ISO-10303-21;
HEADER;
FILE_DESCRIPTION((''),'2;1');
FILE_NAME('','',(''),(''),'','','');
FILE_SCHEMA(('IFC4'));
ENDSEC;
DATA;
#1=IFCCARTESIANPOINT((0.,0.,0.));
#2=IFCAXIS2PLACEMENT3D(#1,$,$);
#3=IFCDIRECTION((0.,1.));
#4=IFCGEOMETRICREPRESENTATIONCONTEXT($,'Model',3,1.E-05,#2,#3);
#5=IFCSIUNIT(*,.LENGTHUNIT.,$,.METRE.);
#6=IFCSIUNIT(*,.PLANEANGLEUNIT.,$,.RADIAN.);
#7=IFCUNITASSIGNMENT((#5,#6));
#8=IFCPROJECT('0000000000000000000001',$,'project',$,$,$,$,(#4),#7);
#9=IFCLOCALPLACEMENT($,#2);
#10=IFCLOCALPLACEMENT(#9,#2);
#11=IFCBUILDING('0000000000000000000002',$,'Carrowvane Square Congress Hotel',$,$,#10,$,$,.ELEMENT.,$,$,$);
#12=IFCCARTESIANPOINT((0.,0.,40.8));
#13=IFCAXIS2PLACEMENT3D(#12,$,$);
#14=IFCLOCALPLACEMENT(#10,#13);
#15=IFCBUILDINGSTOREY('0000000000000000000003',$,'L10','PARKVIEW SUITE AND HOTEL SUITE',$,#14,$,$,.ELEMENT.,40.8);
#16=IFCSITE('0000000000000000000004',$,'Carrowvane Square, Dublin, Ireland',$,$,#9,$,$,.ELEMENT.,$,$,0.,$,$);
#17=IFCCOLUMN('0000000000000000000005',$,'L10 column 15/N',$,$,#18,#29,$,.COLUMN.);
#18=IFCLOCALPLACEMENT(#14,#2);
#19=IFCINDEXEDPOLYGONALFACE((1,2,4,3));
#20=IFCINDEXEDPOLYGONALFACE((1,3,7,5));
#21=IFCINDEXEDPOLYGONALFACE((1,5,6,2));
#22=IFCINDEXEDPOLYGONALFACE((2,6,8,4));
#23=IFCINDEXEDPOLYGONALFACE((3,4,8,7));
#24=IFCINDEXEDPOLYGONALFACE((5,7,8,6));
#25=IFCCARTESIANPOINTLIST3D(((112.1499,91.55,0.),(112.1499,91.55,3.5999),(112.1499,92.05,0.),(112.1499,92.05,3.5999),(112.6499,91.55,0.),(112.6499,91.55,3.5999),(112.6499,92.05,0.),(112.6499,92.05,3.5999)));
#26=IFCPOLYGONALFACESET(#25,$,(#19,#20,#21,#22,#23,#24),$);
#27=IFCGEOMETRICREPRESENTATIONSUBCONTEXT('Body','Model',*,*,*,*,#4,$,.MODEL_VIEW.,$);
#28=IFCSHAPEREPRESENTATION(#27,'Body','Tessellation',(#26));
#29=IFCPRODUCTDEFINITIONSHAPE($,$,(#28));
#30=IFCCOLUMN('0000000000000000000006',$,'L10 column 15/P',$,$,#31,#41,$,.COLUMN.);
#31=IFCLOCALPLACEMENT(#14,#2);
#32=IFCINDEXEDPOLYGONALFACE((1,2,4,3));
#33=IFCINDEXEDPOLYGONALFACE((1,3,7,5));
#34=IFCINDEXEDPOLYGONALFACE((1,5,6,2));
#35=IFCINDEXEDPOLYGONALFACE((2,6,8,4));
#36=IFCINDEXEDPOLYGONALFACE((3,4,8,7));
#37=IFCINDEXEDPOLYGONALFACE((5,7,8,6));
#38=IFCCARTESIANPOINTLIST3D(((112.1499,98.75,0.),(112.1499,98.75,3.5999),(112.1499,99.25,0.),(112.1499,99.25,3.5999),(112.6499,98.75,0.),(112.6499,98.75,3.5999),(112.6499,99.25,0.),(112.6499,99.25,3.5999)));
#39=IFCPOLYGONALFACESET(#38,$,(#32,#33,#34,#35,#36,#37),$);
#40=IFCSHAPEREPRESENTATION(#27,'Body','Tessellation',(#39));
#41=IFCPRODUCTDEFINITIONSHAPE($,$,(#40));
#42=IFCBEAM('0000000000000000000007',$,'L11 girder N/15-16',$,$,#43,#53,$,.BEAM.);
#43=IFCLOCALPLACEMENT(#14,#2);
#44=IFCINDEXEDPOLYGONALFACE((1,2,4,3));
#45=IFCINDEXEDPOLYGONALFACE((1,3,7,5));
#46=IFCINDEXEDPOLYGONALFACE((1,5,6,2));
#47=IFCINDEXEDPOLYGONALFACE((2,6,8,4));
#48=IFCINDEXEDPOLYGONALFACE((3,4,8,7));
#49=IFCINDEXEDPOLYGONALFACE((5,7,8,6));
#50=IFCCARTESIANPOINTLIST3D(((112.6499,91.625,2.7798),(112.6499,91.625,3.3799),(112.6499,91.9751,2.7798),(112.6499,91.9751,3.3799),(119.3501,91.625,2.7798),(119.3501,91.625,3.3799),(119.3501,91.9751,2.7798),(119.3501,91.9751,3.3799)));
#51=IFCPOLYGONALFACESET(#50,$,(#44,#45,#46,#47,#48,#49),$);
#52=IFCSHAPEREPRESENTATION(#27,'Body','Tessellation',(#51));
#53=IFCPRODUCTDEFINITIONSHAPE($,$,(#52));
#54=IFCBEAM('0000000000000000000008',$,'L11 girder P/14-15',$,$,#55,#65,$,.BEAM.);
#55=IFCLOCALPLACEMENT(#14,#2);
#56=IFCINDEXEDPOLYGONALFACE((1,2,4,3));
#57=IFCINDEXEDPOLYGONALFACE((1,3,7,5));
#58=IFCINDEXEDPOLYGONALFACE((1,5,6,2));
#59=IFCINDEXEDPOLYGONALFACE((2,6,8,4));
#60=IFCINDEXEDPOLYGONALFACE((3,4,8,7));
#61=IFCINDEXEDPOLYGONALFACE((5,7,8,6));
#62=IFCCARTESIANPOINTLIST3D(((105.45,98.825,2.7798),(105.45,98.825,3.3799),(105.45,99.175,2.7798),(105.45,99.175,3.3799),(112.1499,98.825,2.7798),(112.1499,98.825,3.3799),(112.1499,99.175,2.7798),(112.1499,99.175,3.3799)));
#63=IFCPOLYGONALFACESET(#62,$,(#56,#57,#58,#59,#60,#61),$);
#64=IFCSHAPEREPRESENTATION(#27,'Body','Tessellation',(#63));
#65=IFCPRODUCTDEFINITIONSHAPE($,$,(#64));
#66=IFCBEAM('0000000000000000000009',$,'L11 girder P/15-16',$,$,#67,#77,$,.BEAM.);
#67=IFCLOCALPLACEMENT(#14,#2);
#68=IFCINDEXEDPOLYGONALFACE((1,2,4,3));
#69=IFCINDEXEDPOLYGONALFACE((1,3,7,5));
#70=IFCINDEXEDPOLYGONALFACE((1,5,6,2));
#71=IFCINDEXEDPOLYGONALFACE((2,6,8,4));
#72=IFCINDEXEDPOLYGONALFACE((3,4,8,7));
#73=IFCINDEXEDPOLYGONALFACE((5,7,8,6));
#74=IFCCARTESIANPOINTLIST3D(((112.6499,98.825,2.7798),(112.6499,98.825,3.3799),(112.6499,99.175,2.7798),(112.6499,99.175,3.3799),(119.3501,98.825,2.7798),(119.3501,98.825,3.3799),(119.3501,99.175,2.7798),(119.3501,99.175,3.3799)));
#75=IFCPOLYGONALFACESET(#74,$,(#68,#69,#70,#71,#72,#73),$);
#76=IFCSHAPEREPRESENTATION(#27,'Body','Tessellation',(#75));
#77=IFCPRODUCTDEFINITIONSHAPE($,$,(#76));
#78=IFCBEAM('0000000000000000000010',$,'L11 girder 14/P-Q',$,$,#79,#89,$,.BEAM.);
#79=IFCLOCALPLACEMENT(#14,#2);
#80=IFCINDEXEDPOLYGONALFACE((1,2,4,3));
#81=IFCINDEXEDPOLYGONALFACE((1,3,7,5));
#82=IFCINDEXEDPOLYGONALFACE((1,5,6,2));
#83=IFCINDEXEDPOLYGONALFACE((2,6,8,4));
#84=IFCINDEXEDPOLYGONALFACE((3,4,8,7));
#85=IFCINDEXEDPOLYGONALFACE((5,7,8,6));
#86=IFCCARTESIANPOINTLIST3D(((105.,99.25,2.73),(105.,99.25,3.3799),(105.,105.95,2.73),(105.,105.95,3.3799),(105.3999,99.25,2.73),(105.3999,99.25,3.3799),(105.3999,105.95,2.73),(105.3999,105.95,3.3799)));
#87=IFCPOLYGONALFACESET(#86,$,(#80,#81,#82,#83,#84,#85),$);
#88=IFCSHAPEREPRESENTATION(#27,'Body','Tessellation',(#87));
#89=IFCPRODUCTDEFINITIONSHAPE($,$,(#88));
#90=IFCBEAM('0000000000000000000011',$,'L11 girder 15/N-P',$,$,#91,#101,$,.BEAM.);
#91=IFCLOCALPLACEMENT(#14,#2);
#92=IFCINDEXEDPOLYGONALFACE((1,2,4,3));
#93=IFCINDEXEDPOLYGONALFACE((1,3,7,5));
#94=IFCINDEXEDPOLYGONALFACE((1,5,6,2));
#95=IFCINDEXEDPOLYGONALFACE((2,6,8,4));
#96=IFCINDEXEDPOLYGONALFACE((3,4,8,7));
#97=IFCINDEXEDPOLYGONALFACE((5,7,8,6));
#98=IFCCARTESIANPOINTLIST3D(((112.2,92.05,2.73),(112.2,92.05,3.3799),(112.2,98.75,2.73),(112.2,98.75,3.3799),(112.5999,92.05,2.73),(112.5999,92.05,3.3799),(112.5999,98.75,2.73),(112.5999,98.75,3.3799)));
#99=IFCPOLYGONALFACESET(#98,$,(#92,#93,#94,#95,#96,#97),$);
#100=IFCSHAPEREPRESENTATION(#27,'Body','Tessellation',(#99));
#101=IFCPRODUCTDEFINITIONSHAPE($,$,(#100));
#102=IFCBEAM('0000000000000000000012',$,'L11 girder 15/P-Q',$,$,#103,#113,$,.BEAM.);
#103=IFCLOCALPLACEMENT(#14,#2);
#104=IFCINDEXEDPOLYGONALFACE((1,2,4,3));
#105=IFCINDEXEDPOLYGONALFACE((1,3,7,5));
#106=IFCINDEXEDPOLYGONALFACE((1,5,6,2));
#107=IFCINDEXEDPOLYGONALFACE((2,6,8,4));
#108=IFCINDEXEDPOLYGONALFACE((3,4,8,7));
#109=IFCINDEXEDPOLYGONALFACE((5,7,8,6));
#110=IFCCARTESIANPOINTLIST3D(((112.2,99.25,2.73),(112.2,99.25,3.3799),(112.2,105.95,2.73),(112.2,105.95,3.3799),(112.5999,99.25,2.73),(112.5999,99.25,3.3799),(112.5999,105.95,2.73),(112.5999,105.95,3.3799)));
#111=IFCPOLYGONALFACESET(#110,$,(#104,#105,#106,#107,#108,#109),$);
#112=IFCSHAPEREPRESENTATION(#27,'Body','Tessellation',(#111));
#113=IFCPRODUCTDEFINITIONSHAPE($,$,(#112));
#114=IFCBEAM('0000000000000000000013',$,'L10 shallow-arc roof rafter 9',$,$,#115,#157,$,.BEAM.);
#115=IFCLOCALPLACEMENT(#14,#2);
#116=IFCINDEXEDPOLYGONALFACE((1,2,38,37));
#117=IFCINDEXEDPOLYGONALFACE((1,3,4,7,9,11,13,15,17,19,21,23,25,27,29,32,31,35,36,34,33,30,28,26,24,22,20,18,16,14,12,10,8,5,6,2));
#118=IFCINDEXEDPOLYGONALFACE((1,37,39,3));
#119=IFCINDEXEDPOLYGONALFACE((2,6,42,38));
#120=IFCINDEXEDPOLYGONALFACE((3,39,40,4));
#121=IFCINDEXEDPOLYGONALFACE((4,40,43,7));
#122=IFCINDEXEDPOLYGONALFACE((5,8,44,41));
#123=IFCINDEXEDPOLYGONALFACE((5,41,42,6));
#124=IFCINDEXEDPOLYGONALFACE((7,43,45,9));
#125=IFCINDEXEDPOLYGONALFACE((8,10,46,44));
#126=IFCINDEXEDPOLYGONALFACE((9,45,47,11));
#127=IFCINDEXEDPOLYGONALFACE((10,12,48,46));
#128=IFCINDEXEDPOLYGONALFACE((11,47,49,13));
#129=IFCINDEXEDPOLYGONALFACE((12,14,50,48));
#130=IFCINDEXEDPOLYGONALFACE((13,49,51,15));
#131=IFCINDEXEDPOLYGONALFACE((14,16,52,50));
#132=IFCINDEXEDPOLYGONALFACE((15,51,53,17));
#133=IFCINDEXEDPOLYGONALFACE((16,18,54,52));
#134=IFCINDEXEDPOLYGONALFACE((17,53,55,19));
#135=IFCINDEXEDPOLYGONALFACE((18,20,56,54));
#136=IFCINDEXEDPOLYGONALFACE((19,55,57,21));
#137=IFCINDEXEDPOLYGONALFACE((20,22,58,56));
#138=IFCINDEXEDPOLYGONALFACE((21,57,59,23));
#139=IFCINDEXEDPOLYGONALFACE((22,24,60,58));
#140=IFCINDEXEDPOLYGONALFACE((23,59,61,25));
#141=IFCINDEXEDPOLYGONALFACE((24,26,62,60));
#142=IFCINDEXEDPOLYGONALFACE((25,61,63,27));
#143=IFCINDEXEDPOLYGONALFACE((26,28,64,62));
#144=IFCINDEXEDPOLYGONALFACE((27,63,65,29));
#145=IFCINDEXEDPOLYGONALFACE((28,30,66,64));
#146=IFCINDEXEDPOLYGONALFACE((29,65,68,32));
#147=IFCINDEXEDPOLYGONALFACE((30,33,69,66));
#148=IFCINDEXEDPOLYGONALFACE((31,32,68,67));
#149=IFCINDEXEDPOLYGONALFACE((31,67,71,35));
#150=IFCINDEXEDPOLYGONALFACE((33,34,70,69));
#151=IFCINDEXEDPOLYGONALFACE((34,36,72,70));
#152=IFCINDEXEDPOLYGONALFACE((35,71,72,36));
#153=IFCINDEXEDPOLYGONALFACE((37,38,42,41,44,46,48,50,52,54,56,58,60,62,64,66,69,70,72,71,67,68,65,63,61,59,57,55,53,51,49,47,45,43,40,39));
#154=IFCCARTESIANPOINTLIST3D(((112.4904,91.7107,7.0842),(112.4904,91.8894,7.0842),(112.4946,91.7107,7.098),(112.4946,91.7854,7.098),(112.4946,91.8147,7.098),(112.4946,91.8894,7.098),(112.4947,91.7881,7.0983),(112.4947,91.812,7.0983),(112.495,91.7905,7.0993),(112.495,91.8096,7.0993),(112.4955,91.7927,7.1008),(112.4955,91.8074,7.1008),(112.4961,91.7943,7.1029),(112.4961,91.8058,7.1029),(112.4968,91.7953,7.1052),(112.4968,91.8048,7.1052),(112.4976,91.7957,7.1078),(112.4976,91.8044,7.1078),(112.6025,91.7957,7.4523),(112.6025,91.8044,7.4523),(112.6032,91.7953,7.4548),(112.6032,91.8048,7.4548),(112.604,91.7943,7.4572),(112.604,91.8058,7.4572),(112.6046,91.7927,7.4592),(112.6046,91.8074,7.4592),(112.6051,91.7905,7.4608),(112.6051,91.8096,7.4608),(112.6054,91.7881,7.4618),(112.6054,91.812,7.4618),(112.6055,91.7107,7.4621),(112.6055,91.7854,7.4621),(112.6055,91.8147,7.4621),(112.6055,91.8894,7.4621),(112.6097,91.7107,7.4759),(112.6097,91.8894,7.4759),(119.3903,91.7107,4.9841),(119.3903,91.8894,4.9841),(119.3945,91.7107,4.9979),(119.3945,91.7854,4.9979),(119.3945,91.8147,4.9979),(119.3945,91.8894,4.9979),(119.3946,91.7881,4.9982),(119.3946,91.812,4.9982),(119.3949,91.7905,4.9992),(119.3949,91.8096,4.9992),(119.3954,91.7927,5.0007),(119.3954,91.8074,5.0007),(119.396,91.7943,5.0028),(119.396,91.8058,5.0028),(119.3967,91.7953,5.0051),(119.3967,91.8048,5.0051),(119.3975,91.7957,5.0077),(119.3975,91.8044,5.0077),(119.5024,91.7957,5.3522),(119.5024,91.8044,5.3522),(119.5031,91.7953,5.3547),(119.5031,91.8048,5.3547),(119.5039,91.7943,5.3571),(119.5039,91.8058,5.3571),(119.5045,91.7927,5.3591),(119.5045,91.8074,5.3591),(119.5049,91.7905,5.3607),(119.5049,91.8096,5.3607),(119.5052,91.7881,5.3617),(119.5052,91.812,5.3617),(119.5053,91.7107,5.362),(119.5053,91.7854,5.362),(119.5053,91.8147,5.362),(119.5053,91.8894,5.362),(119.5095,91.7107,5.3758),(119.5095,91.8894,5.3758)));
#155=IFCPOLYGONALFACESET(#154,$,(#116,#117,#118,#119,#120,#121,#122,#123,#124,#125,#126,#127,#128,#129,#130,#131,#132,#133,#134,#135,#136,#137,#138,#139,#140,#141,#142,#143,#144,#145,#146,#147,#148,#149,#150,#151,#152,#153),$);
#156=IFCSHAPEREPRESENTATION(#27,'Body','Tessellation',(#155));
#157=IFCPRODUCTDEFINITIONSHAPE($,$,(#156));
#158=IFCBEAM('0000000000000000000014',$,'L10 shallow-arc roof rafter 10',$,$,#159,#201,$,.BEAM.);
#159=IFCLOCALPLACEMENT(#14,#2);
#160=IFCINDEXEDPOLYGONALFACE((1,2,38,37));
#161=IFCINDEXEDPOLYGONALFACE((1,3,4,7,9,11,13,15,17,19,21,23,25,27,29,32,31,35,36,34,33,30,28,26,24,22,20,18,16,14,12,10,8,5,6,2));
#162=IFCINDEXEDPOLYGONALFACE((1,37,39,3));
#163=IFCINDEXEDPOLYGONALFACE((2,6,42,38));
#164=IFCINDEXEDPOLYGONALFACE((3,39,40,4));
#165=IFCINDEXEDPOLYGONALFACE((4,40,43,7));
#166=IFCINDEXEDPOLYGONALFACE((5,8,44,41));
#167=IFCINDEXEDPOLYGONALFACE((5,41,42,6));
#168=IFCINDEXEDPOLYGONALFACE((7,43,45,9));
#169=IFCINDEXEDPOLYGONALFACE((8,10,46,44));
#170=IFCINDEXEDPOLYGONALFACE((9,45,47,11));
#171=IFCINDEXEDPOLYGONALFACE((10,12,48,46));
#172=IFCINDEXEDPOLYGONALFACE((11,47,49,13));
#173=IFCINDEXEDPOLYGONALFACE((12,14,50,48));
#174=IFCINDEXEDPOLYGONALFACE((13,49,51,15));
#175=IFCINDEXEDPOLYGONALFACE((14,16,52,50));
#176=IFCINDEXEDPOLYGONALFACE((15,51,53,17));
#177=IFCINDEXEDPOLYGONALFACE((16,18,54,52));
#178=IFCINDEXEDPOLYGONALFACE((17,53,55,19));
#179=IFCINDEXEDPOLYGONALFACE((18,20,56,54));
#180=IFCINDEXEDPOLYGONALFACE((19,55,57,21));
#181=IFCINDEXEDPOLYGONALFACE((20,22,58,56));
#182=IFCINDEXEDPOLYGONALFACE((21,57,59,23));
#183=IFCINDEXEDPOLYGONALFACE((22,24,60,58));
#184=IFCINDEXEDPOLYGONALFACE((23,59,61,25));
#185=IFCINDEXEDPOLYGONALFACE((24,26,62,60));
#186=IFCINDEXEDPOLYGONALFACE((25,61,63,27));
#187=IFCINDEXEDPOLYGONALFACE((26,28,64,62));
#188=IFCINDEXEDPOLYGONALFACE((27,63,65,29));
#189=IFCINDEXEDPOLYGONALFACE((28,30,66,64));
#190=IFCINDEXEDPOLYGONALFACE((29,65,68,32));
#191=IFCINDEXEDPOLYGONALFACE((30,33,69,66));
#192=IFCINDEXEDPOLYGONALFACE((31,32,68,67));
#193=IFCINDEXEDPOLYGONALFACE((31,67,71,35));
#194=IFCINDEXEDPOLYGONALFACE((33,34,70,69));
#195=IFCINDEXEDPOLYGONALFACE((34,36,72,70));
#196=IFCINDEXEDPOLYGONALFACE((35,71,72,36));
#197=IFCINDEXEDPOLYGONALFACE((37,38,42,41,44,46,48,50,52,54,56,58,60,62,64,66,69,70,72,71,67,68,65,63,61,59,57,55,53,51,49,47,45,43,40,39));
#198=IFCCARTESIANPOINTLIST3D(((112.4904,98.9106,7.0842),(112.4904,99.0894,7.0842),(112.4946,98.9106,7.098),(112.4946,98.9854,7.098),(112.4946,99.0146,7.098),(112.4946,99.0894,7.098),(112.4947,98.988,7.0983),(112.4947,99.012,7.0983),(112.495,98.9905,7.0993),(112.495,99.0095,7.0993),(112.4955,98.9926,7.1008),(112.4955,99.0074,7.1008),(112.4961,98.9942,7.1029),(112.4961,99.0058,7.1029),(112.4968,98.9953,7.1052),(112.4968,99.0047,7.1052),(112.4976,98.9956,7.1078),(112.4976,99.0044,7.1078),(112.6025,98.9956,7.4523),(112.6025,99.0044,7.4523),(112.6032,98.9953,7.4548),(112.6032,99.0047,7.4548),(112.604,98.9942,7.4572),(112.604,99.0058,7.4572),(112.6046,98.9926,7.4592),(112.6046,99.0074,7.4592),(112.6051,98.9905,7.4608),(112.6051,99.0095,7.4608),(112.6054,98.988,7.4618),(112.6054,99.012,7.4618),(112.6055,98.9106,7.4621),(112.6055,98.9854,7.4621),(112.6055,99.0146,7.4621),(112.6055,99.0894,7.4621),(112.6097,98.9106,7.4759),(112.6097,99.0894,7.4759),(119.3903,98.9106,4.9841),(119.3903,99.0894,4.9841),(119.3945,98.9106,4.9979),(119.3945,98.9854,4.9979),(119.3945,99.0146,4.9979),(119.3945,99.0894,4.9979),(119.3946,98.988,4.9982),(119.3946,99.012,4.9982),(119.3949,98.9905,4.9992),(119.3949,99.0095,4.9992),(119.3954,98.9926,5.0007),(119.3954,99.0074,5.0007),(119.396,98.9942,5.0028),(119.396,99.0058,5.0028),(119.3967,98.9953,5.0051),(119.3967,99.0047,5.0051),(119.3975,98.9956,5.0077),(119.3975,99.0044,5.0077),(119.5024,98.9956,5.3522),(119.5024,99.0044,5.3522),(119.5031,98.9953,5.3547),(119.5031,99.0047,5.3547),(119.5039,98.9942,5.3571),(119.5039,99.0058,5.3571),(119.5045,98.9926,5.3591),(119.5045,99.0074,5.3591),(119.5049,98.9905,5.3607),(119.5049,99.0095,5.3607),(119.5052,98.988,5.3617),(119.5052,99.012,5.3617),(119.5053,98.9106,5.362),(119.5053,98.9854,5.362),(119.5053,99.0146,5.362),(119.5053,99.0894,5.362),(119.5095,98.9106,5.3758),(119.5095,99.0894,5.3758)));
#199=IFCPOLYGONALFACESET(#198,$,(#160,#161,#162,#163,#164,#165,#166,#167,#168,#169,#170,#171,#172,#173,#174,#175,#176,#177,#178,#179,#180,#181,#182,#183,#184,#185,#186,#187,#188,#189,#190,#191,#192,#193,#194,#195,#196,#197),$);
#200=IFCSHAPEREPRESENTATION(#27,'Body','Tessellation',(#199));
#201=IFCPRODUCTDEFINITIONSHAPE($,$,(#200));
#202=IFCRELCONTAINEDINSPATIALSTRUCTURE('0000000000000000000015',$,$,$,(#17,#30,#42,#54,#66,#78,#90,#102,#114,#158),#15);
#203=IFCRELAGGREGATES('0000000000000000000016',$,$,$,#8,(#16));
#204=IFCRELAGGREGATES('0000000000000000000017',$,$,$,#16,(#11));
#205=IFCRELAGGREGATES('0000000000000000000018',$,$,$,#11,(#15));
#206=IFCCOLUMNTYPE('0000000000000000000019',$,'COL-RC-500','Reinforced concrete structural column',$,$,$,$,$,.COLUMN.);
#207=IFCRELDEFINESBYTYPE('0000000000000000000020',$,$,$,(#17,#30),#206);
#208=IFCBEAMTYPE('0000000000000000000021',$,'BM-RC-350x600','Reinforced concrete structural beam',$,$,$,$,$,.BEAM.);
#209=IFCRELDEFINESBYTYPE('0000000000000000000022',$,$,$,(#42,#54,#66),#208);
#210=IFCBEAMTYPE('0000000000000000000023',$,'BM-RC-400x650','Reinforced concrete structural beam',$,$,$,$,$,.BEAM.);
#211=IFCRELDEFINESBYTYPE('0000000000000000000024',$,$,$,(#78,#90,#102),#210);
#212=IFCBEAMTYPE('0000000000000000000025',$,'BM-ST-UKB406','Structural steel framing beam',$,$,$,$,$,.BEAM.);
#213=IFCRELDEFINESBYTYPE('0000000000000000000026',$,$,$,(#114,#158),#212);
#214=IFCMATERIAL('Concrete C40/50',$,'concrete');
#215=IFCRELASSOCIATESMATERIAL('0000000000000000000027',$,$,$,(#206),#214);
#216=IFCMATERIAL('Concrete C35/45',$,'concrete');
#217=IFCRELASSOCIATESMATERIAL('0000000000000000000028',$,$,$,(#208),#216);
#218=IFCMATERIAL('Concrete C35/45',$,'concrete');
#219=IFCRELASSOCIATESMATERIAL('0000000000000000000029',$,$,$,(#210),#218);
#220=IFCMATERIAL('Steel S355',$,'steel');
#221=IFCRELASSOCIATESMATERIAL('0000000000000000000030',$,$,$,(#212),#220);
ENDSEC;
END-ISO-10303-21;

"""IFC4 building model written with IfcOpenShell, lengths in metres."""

from ifc_helpers import new_model, si_unit, direction, frame, origin, origin_2d, place, context, subcontext, project, spatial, rectangle, i_section, extrude, material, material_profile, profile_set, type_object, element, save


model = new_model("IFC4")

# Units and contexts
model_context = context("Model", 3, precision=1e-05, world=origin(), true_north=direction((0.0, 1.0)))
body_context = subcontext(model_context, "Body", "Model", "MODEL_VIEW")
ifc_project = project(units=[si_unit("LENGTHUNIT", "METRE"), si_unit("PLANEANGLEUNIT", "RADIAN")], contexts=[model_context])

# Site, building, storey
site_placement = place(None, origin())
site = spatial("IfcSite", under=ifc_project, at=site_placement, Name="Carrowvane Square, Dublin, Ireland", CompositionType="ELEMENT", RefElevation=0.0)
building_placement = place(site_placement, origin())
building = spatial("IfcBuilding", under=site, at=building_placement, Name="Carrowvane Square Congress Hotel", CompositionType="ELEMENT")
storey_placement = place(building_placement, frame((0.0, 0.0, 40.8)))
storey = spatial("IfcBuildingStorey", under=building, at=storey_placement, Name="L10", Description="PARKVIEW SUITE AND HOTEL SUITE", CompositionType="ELEMENT", Elevation=40.8)

# Columns
ifc_material_1 = material(Name="Concrete C40/50", Category="concrete")
ifc_material_profile_1 = material_profile(ifc_material_1, rectangle(XDim=0.5, YDim=0.5, at=origin_2d()), Name="RC 500x500")
ifc_profile_set_1 = profile_set([ifc_material_profile_1], Name="Concrete C40/50")
column_type = type_object("IfcColumnType", Name="COL-RC-500", Description="Reinforced concrete structural column", PredefinedType="COLUMN", material=ifc_profile_set_1)
for number, where, z_axis, x_axis, name in (
    (1, (112.3999, 91.8, 0.0), (0.0, 0.0, 1.0), (1.0, 0.0, 0.0), "L10 column 15/N"),
    (2, (112.3999, 99.0, 0.0), (0.0, 0.0, 1.0), (1.0, 0.0, 0.0), "L10 column 15/P"),
):
    element("IfcColumn", number, at=place(storey_placement, frame(where, z_axis=z_axis, x_axis=x_axis)), inside=storey, type_object=column_type, Name=name, PredefinedType="COLUMN", context=body_context, shape_type="SweptSolid", body=[
        extrude(rectangle(XDim=0.5, YDim=0.5, at=origin_2d()), origin(), (0.0, 0.0, 1.0), 3.5999),
    ])

# Beams
ifc_material_2 = material(Name="Concrete C35/45", Category="concrete")
ifc_material_profile_2 = material_profile(ifc_material_2, rectangle(XDim=0.3501, YDim=0.6001, at=origin_2d()), Name="RC 350x600")
ifc_profile_set_2 = profile_set([ifc_material_profile_2], Name="Concrete C35/45")
beam_type_1 = type_object("IfcBeamType", Name="BM-RC-350x600", Description="Reinforced concrete structural beam", PredefinedType="BEAM", material=ifc_profile_set_2)
beam_1_placement = place(storey_placement, frame((112.6499, 91.8, 3.0798), z_axis=(1.0, 0.0, 0.0), x_axis=(0.0, 1.0, 0.0)))
element("IfcBeam", 3, at=beam_1_placement, inside=storey, type_object=beam_type_1, Name="L11 girder N/15-16", PredefinedType="BEAM", context=body_context, shape_type="SweptSolid", body=[
    extrude(rectangle(XDim=0.3501, YDim=0.6001, at=origin_2d()), origin(), (0.0, 0.0, 1.0), 6.7002),
])
beam_2_placement = place(storey_placement, frame((105.45, 99.0, 3.0798), z_axis=(1.0, 0.0, 0.0), x_axis=(0.0, 1.0, 0.0)))
element("IfcBeam", 4, at=beam_2_placement, inside=storey, type_object=beam_type_1, Name="L11 girder P/14-15", PredefinedType="BEAM", context=body_context, shape_type="SweptSolid", body=[
    extrude(rectangle(XDim=0.3501, YDim=0.6001, at=origin_2d()), origin(), (0.0, 0.0, 1.0), 6.7),
])
beam_3_placement = place(storey_placement, frame((112.6499, 99.0, 3.0798), z_axis=(1.0, 0.0, 0.0), x_axis=(0.0, 1.0, 0.0)))
element("IfcBeam", 5, at=beam_3_placement, inside=storey, type_object=beam_type_1, Name="L11 girder P/15-16", PredefinedType="BEAM", context=body_context, shape_type="SweptSolid", body=[
    extrude(rectangle(XDim=0.3501, YDim=0.6001, at=origin_2d()), origin(), (0.0, 0.0, 1.0), 6.7002),
])
ifc_material_3 = material(Name="Concrete C35/45", Category="concrete")
ifc_material_profile_3 = material_profile(ifc_material_3, rectangle(XDim=0.3999, YDim=0.6499, at=origin_2d()), Name="RC 400x650")
ifc_profile_set_3 = profile_set([ifc_material_profile_3], Name="Concrete C35/45")
beam_type_2 = type_object("IfcBeamType", Name="BM-RC-400x650", Description="Reinforced concrete structural beam", PredefinedType="BEAM", material=ifc_profile_set_3)
for number, where, z_axis, x_axis, name in (
    (6, (105.2, 99.25, 3.0549), (0.0, 1.0, 0.0), (-1.0, 0.0, 0.0), "L11 girder 14/P-Q"),
    (7, (112.3999, 92.05, 3.0549), (0.0, 1.0, 0.0), (-1.0, 0.0, 0.0), "L11 girder 15/N-P"),
    (8, (112.3999, 99.25, 3.0549), (0.0, 1.0, 0.0), (-1.0, 0.0, 0.0), "L11 girder 15/P-Q"),
):
    element("IfcBeam", number, at=place(storey_placement, frame(where, z_axis=z_axis, x_axis=x_axis)), inside=storey, type_object=beam_type_2, Name=name, PredefinedType="BEAM", context=body_context, shape_type="SweptSolid", body=[
        extrude(rectangle(XDim=0.3999, YDim=0.6499, at=origin_2d()), origin(), (0.0, 0.0, 1.0), 6.7),
    ])
ifc_material_4 = material(Name="Steel S355", Category="steel")
ifc_material_profile_4 = material_profile(ifc_material_4, i_section(OverallWidth=0.1787, OverallDepth=0.4094, WebThickness=0.0088, FlangeThickness=0.0144, FilletRadius=0.0103, at=origin_2d()), Name="UKB 406x178x67")
ifc_profile_set_4 = profile_set([ifc_material_profile_4], Name="Steel S355")
beam_type_3 = type_object("IfcBeamType", Name="BM-ST-UKB406", Description="Structural steel framing beam", PredefinedType="BEAM", material=ifc_profile_set_4)
for number, where, z_axis, x_axis, name in (
    (9, (112.55, 91.8, 7.28), (0.956669, 0.0, -0.291178), (0.0, 1.0, 0.0), "L10 shallow-arc roof rafter 9"),
    (10, (112.55, 99.0, 7.28), (0.956669, 0.0, -0.291178), (0.0, 1.0, 0.0), "L10 shallow-arc roof rafter 10"),
):
    element("IfcBeam", number, at=place(storey_placement, frame(where, z_axis=z_axis, x_axis=x_axis)), inside=storey, type_object=beam_type_3, Name=name, PredefinedType="BEAM", context=body_context, shape_type="SweptSolid", body=[
        extrude(i_section(OverallWidth=0.1787, OverallDepth=0.4094, WebThickness=0.0088, FlangeThickness=0.0144, FilletRadius=0.0103, at=origin_2d()), origin(), (0.0, 0.0, 1.0), 7.2124),
    ])

save(model, "model.ifc")
